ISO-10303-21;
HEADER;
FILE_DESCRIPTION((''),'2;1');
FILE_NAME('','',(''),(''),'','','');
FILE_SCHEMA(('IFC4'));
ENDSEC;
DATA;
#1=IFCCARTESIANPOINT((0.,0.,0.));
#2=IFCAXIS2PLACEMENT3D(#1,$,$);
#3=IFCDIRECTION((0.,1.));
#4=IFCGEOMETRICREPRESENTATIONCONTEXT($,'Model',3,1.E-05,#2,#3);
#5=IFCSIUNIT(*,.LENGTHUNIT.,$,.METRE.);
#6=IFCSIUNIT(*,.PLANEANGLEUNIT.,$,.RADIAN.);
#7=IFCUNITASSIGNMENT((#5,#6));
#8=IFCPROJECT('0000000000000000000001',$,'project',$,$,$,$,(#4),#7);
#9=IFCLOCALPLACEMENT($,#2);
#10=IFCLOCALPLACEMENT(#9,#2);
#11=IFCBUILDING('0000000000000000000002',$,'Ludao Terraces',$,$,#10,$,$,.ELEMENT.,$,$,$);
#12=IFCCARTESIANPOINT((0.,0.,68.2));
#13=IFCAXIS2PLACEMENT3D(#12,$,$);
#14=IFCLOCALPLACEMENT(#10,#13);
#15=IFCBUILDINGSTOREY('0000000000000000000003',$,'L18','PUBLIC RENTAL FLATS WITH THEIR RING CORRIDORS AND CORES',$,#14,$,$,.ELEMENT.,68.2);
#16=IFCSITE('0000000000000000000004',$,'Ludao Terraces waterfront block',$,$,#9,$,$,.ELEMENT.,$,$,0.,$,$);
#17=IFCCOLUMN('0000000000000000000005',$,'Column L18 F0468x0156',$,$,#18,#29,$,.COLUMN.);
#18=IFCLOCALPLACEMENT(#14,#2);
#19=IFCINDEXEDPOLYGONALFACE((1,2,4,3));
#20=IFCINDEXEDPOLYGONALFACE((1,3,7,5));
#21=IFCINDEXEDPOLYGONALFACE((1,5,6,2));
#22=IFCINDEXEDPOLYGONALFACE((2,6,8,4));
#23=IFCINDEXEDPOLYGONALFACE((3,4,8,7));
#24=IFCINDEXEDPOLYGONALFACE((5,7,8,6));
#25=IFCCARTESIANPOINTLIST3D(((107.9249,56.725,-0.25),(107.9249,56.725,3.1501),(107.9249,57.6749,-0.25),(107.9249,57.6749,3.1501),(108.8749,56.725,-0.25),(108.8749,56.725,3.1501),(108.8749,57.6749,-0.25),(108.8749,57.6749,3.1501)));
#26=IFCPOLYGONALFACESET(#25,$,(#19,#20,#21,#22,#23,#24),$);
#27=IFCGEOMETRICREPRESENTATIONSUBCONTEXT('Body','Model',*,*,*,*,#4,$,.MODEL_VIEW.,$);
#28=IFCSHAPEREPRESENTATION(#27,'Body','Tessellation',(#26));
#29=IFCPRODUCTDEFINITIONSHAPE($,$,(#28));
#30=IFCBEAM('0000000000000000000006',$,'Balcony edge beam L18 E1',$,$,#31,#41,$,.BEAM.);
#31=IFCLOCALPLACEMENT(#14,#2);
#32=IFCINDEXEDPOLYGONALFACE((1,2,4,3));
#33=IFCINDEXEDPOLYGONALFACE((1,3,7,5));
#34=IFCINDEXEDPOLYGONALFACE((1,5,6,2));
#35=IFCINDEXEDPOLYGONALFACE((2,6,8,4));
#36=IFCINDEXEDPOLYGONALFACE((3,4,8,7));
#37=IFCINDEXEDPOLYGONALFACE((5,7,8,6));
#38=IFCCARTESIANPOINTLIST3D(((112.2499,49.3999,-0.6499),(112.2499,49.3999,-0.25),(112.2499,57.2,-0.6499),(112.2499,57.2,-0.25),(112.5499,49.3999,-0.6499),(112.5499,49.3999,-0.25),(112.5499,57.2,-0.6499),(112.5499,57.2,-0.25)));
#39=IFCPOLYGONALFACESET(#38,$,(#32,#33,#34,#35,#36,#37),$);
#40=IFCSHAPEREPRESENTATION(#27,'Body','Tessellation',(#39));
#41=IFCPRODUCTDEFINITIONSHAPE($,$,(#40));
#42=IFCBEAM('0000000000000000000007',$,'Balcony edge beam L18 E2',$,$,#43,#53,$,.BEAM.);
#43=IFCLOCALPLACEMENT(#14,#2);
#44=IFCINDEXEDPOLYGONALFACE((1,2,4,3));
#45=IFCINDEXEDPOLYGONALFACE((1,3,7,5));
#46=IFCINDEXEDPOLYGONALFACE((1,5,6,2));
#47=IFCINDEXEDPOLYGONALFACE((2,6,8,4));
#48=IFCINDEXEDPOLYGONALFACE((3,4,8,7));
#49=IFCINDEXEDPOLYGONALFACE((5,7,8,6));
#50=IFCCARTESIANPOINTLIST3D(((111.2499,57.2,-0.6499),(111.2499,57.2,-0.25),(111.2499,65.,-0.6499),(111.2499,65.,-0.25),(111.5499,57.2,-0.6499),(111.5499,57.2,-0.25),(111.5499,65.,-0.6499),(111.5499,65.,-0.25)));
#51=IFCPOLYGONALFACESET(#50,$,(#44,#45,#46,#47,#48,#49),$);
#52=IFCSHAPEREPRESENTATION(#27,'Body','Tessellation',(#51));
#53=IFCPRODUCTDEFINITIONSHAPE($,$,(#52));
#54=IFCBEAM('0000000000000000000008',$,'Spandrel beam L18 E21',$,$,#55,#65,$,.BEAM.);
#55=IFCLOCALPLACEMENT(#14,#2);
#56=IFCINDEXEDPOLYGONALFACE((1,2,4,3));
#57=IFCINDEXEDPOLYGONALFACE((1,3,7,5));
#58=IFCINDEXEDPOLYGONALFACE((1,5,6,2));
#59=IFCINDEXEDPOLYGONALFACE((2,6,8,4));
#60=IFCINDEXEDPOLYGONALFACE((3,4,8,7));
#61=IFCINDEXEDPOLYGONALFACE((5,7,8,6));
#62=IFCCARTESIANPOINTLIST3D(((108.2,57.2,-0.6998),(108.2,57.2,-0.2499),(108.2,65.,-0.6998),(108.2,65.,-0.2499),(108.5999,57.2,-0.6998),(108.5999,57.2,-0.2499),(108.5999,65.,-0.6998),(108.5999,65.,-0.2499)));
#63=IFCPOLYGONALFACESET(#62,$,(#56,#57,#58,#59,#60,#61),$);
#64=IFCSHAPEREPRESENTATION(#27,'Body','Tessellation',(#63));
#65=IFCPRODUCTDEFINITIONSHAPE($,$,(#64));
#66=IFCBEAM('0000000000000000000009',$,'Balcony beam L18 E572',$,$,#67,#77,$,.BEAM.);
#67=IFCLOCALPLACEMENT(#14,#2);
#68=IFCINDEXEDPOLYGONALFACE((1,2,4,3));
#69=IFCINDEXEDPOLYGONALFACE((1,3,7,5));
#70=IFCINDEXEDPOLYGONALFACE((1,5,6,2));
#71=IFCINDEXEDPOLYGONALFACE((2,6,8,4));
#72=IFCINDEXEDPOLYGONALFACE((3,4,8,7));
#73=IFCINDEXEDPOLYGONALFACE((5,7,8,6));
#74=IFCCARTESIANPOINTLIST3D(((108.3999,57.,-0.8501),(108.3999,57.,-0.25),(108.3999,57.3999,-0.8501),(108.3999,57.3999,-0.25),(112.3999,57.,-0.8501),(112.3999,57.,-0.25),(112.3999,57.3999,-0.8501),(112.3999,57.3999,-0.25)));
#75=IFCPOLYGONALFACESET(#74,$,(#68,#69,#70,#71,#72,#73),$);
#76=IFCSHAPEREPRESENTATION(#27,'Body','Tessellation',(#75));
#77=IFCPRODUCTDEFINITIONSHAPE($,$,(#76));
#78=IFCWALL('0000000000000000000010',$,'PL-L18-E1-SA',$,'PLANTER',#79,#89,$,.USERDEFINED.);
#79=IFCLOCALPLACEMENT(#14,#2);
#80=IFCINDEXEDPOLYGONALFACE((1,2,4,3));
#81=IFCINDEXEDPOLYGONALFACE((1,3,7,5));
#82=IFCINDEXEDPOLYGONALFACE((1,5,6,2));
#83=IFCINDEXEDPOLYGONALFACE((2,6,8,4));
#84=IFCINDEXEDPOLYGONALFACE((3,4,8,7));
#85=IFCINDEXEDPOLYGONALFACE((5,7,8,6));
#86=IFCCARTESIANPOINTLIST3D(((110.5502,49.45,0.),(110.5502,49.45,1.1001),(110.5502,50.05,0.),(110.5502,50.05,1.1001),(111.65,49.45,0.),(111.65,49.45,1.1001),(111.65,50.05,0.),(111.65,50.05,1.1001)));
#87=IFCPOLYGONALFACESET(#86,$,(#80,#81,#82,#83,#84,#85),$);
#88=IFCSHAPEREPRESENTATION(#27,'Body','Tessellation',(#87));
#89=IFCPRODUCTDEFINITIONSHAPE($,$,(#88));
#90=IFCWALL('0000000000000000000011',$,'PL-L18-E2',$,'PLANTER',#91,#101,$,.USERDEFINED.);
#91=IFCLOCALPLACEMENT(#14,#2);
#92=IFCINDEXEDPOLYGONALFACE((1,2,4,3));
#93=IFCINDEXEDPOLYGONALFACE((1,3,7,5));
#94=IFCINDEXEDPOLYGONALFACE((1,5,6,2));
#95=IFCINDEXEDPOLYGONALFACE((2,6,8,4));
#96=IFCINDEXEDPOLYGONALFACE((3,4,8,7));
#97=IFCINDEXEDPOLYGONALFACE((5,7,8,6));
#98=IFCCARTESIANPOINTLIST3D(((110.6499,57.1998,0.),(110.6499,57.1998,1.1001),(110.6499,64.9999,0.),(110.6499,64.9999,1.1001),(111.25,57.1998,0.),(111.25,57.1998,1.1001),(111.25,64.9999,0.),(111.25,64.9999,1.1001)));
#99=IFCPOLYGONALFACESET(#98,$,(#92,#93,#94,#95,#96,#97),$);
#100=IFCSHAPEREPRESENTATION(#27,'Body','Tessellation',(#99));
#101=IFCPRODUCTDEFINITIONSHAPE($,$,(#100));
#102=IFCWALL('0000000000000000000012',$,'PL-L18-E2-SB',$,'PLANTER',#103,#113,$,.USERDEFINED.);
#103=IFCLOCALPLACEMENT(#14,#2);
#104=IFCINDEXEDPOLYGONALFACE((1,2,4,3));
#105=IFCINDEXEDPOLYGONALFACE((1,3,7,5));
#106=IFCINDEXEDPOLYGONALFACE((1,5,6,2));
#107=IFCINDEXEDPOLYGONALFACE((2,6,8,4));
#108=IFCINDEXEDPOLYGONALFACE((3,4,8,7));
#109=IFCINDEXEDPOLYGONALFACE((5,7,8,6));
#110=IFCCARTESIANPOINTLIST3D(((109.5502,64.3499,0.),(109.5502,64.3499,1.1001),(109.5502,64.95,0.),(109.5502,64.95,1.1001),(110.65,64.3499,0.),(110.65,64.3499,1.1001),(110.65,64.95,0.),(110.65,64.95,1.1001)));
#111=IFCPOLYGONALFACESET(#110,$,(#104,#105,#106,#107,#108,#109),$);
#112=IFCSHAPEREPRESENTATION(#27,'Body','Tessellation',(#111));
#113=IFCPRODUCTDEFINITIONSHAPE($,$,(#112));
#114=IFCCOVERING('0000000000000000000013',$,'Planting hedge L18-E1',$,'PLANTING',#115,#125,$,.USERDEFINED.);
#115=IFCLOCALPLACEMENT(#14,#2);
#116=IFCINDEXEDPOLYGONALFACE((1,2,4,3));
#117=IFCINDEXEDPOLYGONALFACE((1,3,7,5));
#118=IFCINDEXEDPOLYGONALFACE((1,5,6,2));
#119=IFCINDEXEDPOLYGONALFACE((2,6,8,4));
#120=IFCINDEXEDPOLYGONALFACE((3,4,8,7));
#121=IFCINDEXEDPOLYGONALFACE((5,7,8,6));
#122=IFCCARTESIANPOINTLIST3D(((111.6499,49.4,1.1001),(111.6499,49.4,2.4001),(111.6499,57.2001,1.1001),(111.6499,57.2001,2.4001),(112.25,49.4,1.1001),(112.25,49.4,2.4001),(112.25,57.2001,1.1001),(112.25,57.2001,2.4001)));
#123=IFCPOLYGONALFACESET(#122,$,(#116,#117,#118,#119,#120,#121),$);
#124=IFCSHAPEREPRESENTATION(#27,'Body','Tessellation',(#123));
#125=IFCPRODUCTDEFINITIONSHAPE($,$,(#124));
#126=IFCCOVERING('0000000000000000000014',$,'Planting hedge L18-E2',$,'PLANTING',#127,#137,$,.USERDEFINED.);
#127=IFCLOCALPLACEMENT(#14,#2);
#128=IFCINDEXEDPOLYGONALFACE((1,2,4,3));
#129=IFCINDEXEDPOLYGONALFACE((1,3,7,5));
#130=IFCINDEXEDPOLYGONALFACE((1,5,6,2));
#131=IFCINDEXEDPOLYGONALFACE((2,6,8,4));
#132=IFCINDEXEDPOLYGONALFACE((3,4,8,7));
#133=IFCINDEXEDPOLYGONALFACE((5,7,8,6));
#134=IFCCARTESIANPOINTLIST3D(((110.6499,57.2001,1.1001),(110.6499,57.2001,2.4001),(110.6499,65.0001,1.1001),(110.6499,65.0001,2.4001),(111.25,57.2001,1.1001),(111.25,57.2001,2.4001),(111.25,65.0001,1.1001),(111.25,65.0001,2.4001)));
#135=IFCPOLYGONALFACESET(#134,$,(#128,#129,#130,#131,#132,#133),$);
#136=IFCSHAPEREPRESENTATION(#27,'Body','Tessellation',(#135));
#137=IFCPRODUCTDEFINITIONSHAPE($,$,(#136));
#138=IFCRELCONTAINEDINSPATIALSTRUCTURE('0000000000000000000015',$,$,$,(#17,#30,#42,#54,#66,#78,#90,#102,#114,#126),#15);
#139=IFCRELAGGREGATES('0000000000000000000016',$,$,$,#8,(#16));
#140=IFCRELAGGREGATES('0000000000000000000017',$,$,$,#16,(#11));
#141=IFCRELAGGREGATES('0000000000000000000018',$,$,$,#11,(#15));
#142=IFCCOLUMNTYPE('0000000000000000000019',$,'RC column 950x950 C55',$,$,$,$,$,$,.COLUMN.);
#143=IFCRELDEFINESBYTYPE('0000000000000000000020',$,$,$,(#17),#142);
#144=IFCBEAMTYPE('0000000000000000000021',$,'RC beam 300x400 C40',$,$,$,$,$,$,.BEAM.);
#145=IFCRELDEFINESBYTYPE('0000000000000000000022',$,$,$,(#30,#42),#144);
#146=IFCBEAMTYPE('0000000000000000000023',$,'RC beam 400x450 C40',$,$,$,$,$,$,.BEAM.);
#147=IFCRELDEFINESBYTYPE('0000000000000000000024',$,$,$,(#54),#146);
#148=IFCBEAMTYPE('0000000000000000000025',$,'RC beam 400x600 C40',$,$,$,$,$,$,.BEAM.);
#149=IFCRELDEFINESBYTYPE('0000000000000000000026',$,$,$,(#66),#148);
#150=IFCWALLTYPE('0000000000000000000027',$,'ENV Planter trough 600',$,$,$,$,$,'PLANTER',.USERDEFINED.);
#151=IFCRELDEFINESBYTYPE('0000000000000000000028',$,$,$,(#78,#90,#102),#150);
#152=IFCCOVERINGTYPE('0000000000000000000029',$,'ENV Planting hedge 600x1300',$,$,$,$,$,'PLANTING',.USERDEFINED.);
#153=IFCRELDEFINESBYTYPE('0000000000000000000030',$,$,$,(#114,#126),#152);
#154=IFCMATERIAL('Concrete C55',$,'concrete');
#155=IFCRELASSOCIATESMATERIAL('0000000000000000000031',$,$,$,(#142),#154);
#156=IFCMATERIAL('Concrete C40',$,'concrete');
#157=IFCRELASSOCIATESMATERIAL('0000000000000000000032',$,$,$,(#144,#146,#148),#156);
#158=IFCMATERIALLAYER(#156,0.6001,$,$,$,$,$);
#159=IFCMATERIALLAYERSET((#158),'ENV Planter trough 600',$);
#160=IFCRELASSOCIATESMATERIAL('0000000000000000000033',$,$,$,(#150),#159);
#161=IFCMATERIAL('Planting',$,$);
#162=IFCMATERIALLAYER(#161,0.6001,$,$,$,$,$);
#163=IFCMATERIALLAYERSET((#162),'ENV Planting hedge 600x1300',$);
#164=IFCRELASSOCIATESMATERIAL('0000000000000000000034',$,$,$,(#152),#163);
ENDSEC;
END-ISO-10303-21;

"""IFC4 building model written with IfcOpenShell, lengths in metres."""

from ifc_helpers import new_model, si_unit, direction, frame, frame_2d, origin, origin_2d, place, context, subcontext, project, spatial, rectangle, extrude, material, layer, layer_set, material_profile, profile_set, type_object, element, save


model = new_model("IFC4")

# Units and contexts
model_context = context("Model", 3, precision=1e-05, world=origin(), true_north=direction((0.0, 1.0)))
body_context = subcontext(model_context, "Body", "Model", "MODEL_VIEW")
ifc_project = project(units=[si_unit("LENGTHUNIT", "METRE"), si_unit("PLANEANGLEUNIT", "RADIAN")], contexts=[model_context])

# Site, building, storey
site_placement = place(None, origin())
site = spatial("IfcSite", under=ifc_project, at=site_placement, Name="Ludao Terraces waterfront block", CompositionType="ELEMENT", RefElevation=0.0)
building_placement = place(site_placement, origin())
building = spatial("IfcBuilding", under=site, at=building_placement, Name="Ludao Terraces", CompositionType="ELEMENT")
storey_placement = place(building_placement, frame((0.0, 0.0, 68.2)))
storey = spatial("IfcBuildingStorey", under=building, at=storey_placement, Name="L18", Description="PUBLIC RENTAL FLATS WITH THEIR RING CORRIDORS AND CORES", CompositionType="ELEMENT", Elevation=68.2)

# Column
ifc_material_1 = material(Name="Concrete C55", Category="concrete")
ifc_material_profile_1 = material_profile(ifc_material_1, rectangle(XDim=0.95, YDim=0.95, at=origin_2d()), Name="950 X 950")
ifc_profile_set_1 = profile_set([ifc_material_profile_1], Name="Concrete C55")
column_type = type_object("IfcColumnType", Name="RC column 950x950 C55", PredefinedType="COLUMN", material=ifc_profile_set_1)
column_placement = place(storey_placement, frame((108.3999, 57.2, -0.25), z_axis=(0.0, 0.0, 1.0), x_axis=(1.0, 0.0, 0.0)))
element("IfcColumn", 1, at=column_placement, inside=storey, type_object=column_type, Name="Column L18 F0468x0156", PredefinedType="COLUMN", context=body_context, shape_type="SweptSolid", body=[
    extrude(rectangle(XDim=0.95, YDim=0.95, at=origin_2d()), origin(), (0.0, 0.0, 1.0), 3.4001),
])

# Beams
ifc_material_2 = material(Name="Concrete C40", Category="concrete")
ifc_material_profile_2 = material_profile(ifc_material_2, rectangle(XDim=0.3, YDim=0.3999, at=origin_2d()), Name="300 X 400")
ifc_profile_set_2 = profile_set([ifc_material_profile_2], Name="Concrete C40")
beam_type_1 = type_object("IfcBeamType", Name="RC beam 300x400 C40", PredefinedType="BEAM", material=ifc_profile_set_2)
for number, where, z_axis, x_axis, name in (
    (2, (112.3999, 49.3999, -0.45), (0.0, 1.0, 0.0), (-1.0, 0.0, 0.0), "Balcony edge beam L18 E1"),
    (3, (111.3999, 57.2, -0.45), (0.0, 1.0, 0.0), (-1.0, 0.0, 0.0), "Balcony edge beam L18 E2"),
):
    element("IfcBeam", number, at=place(storey_placement, frame(where, z_axis=z_axis, x_axis=x_axis)), inside=storey, type_object=beam_type_1, Name=name, PredefinedType="BEAM", context=body_context, shape_type="SweptSolid", body=[
        extrude(rectangle(XDim=0.3, YDim=0.3999, at=origin_2d()), origin(), (0.0, 0.0, 1.0), 7.8),
    ])
ifc_material_profile_3 = material_profile(ifc_material_2, rectangle(XDim=0.3999, YDim=0.45, at=origin_2d()), Name="400 X 450")
ifc_profile_set_3 = profile_set([ifc_material_profile_3], Name="Concrete C40")
beam_type_2 = type_object("IfcBeamType", Name="RC beam 400x450 C40", PredefinedType="BEAM", material=ifc_profile_set_3)
beam_1_placement = place(storey_placement, frame((108.3999, 57.2, -0.4749), z_axis=(0.0, 1.0, 0.0), x_axis=(-1.0, 0.0, 0.0)))
element("IfcBeam", 4, at=beam_1_placement, inside=storey, type_object=beam_type_2, Name="Spandrel beam L18 E21", PredefinedType="BEAM", context=body_context, shape_type="SweptSolid", body=[
    extrude(rectangle(XDim=0.3999, YDim=0.45, at=origin_2d()), origin(), (0.0, 0.0, 1.0), 7.8),
])
ifc_material_profile_4 = material_profile(ifc_material_2, rectangle(XDim=0.3999, YDim=0.6001, at=origin_2d()), Name="400 X 600")
ifc_profile_set_4 = profile_set([ifc_material_profile_4], Name="Concrete C40")
beam_type_3 = type_object("IfcBeamType", Name="RC beam 400x600 C40", PredefinedType="BEAM", material=ifc_profile_set_4)
beam_2_placement = place(storey_placement, frame((108.3999, 57.2, -0.55), z_axis=(1.0, 0.0, 0.0), x_axis=(0.0, 1.0, 0.0)))
element("IfcBeam", 5, at=beam_2_placement, inside=storey, type_object=beam_type_3, Name="Balcony beam L18 E572", PredefinedType="BEAM", context=body_context, shape_type="SweptSolid", body=[
    extrude(rectangle(XDim=0.3999, YDim=0.6001, at=origin_2d()), origin(), (0.0, 0.0, 1.0), 4.0),
])

# Walls
ifc_layer_1 = layer(ifc_material_2, 0.6001)
ifc_layer_set_1 = layer_set([ifc_layer_1], Name="ENV Planter trough 600")
wall_type_1 = type_object("IfcWallType", Name="ENV Planter trough 600", ElementType="PLANTER", PredefinedType="USERDEFINED", material=ifc_layer_set_1)
wall_1_placement = place(storey_placement, frame((111.6499, 49.75, 0.0), z_axis=(0.0, 0.0, 1.0), x_axis=(-1.0, 0.0, 0.0)))
element("IfcWall", 6, at=wall_1_placement, inside=storey, type_object=wall_type_1, Name="PL-L18-E1-SA", ObjectType="PLANTER", PredefinedType="USERDEFINED", context=body_context, shape_type="SweptSolid", body=[
    extrude(rectangle(XDim=1.0999, YDim=0.6001, at=frame_2d((0.5498, 0.0))), origin(), (0.0, 0.0, 1.0), 1.1001),
])
wall_2_placement = place(storey_placement, frame((110.95, 57.2, 0.0), z_axis=(0.0, 0.0, 1.0), x_axis=(0.0, 1.0, 0.0)))
element("IfcWall", 7, at=wall_2_placement, inside=storey, type_object=wall_type_1, Name="PL-L18-E2", ObjectType="PLANTER", PredefinedType="USERDEFINED", context=body_context, shape_type="SweptSolid", body=[
    extrude(rectangle(XDim=7.8, YDim=0.6001, at=frame_2d((3.8999, 0.0))), origin(), (0.0, 0.0, 1.0), 1.1001),
])
wall_3_placement = place(storey_placement, frame((110.6499, 64.6499, 0.0), z_axis=(0.0, 0.0, 1.0), x_axis=(-1.0, 0.0, 0.0)))
element("IfcWall", 8, at=wall_3_placement, inside=storey, type_object=wall_type_1, Name="PL-L18-E2-SB", ObjectType="PLANTER", PredefinedType="USERDEFINED", context=body_context, shape_type="SweptSolid", body=[
    extrude(rectangle(XDim=1.0999, YDim=0.6001, at=frame_2d((0.5498, 0.0))), origin(), (0.0, 0.0, 1.0), 1.1001),
])

# Coverings
ifc_material_3 = material(Name="Planting")
ifc_layer_2 = layer(ifc_material_3, 0.6001)
ifc_layer_set_2 = layer_set([ifc_layer_2], Name="ENV Planting hedge 600x1300")
covering_type = type_object("IfcCoveringType", Name="ENV Planting hedge 600x1300", ElementType="PLANTING", PredefinedType="USERDEFINED", material=ifc_layer_set_2)
for number, where, z_axis, x_axis, name in (
    (9, (111.95, 53.3, 1.1001), (0.0, 0.0, 1.0), (1.0, 0.0, 0.0), "Planting hedge L18-E1"),
    (10, (110.95, 61.1001, 1.1001), (0.0, 0.0, 1.0), (1.0, 0.0, 0.0), "Planting hedge L18-E2"),
):
    element("IfcCovering", number, at=place(storey_placement, frame(where, z_axis=z_axis, x_axis=x_axis)), inside=storey, type_object=covering_type, Name=name, ObjectType="PLANTING", PredefinedType="USERDEFINED", context=body_context, shape_type="SweptSolid", body=[
        extrude(rectangle(XDim=0.6001, YDim=7.8, at=origin_2d()), origin(), (0.0, 0.0, 1.0), 1.3),
    ])

save(model, "model.ifc")
